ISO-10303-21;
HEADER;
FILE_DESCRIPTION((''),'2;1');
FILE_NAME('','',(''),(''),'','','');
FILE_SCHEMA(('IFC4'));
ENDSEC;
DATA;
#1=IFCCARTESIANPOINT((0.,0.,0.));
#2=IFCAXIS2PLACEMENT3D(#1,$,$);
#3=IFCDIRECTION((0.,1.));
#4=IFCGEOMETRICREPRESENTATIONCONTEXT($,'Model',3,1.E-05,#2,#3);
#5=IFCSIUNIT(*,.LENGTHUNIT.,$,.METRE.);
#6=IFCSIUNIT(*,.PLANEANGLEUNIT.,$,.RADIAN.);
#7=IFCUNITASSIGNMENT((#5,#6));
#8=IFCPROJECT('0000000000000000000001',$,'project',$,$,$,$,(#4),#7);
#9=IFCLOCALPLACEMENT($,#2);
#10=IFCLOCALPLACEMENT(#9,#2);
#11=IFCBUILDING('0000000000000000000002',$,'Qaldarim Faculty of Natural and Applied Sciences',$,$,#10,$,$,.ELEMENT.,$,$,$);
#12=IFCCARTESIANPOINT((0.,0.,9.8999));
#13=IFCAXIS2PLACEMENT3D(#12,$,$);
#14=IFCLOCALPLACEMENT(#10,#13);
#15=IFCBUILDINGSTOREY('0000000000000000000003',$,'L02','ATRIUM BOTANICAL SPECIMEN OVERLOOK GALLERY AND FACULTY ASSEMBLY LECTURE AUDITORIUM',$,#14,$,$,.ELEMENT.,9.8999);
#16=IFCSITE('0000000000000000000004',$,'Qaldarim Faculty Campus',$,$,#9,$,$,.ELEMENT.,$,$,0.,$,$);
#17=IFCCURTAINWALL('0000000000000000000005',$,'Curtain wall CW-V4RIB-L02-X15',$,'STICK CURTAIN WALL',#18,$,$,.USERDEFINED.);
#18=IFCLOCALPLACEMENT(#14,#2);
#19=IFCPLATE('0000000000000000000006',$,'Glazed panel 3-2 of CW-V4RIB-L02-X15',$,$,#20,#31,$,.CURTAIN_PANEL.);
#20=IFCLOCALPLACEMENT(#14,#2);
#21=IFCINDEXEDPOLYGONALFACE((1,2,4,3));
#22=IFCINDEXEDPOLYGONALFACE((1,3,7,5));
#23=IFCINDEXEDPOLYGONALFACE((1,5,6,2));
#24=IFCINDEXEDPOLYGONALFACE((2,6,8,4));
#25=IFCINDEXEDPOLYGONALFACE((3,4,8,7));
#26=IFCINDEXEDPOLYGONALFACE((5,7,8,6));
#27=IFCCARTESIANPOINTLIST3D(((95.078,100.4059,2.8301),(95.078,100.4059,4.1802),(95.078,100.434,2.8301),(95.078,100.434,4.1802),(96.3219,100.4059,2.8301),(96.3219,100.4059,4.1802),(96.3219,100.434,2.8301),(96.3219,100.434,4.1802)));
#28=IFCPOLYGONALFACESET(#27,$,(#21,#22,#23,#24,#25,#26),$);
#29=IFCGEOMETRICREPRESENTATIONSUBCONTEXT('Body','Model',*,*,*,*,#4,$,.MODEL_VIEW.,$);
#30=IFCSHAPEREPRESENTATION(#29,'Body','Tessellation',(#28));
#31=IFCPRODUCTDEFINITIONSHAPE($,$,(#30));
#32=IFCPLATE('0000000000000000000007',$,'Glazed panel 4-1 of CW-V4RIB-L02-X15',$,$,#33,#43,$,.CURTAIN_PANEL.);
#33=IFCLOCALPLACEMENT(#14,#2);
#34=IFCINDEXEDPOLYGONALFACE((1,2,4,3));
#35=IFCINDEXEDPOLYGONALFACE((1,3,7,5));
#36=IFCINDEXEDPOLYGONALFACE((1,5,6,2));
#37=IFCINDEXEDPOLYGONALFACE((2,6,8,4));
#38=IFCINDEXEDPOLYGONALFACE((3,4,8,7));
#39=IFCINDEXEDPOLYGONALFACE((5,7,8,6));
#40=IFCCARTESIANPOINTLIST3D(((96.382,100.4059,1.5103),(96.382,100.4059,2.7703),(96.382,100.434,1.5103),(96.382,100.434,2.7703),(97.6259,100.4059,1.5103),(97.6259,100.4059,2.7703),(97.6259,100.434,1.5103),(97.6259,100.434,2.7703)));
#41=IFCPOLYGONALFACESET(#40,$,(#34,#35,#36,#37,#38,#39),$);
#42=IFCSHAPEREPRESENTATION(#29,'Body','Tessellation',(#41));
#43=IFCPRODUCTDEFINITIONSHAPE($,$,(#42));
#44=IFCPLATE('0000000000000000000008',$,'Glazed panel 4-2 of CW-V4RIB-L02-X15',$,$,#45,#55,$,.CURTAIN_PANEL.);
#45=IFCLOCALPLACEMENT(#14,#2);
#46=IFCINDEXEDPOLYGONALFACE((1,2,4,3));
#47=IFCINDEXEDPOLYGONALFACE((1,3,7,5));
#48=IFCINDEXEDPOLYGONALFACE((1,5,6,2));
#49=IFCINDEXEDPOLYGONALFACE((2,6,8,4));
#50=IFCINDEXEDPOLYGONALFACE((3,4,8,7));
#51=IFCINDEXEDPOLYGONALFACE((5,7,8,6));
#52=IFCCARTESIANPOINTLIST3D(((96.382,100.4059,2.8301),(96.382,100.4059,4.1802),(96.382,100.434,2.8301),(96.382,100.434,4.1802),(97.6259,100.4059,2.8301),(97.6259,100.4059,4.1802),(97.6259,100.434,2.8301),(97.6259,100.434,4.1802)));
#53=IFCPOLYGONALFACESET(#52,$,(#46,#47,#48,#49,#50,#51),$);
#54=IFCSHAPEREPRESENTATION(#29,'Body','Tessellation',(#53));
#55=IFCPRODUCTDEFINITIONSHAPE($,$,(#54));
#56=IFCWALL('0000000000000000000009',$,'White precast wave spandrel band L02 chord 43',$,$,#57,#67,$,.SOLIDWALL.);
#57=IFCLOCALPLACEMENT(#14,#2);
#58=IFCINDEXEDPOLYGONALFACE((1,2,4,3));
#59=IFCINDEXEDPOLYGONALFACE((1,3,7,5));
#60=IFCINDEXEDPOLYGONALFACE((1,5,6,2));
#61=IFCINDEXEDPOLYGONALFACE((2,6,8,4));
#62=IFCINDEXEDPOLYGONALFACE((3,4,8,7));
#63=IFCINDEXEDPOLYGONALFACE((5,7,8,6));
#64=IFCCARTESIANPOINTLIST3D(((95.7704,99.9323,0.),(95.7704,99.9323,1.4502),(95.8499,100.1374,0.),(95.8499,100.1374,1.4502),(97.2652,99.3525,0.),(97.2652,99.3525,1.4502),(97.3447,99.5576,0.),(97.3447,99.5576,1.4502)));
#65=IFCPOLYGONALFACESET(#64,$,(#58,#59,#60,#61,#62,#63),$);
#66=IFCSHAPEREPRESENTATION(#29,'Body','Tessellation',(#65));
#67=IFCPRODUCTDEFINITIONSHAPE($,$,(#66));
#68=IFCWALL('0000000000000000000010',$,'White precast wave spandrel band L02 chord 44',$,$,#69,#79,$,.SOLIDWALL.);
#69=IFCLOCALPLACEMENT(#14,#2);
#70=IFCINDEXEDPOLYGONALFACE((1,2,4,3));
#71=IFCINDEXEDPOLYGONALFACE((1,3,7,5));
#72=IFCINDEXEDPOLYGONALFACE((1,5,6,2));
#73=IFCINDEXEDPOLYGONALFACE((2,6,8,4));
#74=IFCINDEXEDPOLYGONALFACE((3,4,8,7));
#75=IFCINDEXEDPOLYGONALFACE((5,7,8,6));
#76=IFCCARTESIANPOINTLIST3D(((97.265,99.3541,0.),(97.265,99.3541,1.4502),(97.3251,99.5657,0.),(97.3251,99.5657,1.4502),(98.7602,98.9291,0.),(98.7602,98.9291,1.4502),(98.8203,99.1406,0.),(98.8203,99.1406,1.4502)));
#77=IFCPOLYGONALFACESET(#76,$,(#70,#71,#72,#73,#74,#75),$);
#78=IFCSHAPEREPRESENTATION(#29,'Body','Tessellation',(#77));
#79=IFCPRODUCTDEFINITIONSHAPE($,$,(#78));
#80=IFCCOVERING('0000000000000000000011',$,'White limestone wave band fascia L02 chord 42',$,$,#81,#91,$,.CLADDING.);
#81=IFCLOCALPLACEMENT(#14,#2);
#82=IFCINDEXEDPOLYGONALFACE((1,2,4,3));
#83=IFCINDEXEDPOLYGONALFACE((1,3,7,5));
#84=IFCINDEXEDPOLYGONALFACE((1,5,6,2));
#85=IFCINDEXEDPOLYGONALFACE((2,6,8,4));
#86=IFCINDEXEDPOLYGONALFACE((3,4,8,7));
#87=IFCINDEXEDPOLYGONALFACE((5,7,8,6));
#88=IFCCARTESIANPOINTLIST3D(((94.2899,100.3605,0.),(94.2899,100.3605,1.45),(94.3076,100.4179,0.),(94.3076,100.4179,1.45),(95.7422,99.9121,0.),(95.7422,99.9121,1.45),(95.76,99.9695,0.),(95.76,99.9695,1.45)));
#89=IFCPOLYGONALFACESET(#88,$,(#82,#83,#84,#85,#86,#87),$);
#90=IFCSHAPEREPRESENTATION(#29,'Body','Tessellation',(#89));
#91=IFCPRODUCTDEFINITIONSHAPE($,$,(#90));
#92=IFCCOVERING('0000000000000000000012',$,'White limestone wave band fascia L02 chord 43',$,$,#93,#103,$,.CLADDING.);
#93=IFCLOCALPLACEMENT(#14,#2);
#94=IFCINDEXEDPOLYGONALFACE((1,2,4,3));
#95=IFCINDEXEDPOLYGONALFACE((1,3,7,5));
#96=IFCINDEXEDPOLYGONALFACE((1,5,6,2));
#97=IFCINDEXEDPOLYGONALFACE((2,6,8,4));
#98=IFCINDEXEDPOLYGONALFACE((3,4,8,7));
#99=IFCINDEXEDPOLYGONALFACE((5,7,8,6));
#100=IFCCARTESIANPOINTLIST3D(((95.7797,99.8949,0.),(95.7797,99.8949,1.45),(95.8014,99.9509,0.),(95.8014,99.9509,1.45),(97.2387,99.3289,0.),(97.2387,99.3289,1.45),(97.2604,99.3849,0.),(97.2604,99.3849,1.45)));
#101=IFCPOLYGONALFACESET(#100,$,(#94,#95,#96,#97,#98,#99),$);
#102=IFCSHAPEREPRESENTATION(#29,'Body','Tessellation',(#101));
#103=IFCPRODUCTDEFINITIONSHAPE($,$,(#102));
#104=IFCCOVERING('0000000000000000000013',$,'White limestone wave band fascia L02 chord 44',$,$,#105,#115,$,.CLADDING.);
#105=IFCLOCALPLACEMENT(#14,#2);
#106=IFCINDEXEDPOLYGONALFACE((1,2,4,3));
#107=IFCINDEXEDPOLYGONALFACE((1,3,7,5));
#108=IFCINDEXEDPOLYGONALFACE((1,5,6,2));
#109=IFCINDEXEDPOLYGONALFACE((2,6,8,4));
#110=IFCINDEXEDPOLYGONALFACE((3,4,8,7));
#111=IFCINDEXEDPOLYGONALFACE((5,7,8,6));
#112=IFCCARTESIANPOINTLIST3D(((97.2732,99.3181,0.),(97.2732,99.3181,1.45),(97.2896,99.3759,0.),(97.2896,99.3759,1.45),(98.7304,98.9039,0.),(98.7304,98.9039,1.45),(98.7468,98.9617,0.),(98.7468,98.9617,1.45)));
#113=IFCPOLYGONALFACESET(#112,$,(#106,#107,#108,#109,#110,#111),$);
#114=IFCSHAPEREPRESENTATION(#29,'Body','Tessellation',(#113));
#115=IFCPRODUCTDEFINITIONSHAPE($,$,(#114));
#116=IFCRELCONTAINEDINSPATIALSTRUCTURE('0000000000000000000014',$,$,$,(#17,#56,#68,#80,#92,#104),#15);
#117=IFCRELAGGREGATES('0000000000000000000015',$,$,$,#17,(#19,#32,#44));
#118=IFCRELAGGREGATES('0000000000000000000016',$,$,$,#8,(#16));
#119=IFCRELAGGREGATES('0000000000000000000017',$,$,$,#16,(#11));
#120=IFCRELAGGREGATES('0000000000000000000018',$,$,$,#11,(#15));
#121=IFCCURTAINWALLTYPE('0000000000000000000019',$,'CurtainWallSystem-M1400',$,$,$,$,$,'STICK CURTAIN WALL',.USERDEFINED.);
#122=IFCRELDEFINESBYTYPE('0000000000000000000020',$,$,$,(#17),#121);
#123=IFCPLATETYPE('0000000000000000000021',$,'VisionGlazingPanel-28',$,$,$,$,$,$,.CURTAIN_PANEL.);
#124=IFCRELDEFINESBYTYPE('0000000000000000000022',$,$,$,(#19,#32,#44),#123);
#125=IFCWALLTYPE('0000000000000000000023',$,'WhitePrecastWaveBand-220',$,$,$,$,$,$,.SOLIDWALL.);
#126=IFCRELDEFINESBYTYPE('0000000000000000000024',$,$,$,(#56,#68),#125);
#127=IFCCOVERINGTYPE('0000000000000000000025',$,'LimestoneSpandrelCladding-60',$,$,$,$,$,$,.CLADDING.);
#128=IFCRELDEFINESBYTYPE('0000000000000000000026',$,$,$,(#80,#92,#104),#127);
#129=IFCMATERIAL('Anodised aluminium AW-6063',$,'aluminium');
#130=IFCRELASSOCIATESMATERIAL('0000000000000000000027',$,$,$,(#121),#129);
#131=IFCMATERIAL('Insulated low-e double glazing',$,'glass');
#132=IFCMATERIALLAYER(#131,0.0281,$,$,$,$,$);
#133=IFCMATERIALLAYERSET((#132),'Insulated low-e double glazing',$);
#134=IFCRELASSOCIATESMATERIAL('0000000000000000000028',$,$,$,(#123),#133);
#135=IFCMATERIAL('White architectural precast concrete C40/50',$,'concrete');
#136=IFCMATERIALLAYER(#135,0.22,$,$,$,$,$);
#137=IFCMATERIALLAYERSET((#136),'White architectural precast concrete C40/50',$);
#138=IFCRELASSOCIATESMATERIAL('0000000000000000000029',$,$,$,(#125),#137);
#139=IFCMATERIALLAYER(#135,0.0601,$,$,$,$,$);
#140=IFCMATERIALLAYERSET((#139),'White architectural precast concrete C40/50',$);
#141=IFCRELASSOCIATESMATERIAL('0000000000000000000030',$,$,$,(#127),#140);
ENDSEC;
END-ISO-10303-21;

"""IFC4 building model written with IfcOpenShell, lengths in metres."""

from ifc_helpers import new_model, si_unit, direction, frame, frame_2d, origin, origin_2d, place, context, subcontext, project, spatial, rectangle, extrude, material, layer, layer_set, type_object, element, aggregate, save


model = new_model("IFC4")

# Units and contexts
model_context = context("Model", 3, precision=1e-05, world=origin(), true_north=direction((0.0, 1.0)))
body_context = subcontext(model_context, "Body", "Model", "MODEL_VIEW")
ifc_project = project(units=[si_unit("LENGTHUNIT", "METRE"), si_unit("PLANEANGLEUNIT", "RADIAN")], contexts=[model_context])

# Site, building, storey
site_placement = place(None, origin())
site = spatial("IfcSite", under=ifc_project, at=site_placement, Name="Qaldarim Faculty Campus", CompositionType="ELEMENT", RefElevation=0.0)
building_placement = place(site_placement, origin())
building = spatial("IfcBuilding", under=site, at=building_placement, Name="Qaldarim Faculty of Natural and Applied Sciences", CompositionType="ELEMENT")
storey_placement = place(building_placement, frame((0.0, 0.0, 9.8999)))
storey = spatial("IfcBuildingStorey", under=building, at=storey_placement, Name="L02", Description="ATRIUM BOTANICAL SPECIMEN OVERLOOK GALLERY AND FACULTY ASSEMBLY LECTURE AUDITORIUM", CompositionType="ELEMENT", Elevation=9.8999)

# Curtain wall, plates
ifc_material_1 = material(Name="Anodised aluminium AW-6063", Category="aluminium")
curtain_wall_type = type_object("IfcCurtainWallType", Name="CurtainWallSystem-M1400", ElementType="STICK CURTAIN WALL", PredefinedType="USERDEFINED", material=ifc_material_1)
curtain_wall_placement = place(storey_placement, origin())
curtain_wall = element("IfcCurtainWall", 1, at=curtain_wall_placement, inside=storey, type_object=curtain_wall_type, Name="Curtain wall CW-V4RIB-L02-X15", ObjectType="STICK CURTAIN WALL", PredefinedType="USERDEFINED")
ifc_material_2 = material(Name="Insulated low-e double glazing", Category="glass")
ifc_layer_1 = layer(ifc_material_2, 0.0281)
ifc_layer_set_1 = layer_set([ifc_layer_1], Name="Insulated low-e double glazing")
plate_type = type_object("IfcPlateType", Name="VisionGlazingPanel-28", PredefinedType="CURTAIN_PANEL", material=ifc_layer_set_1)
plate_1_placement = place(storey_placement, frame((95.7, 100.4199, 2.8301), z_axis=(0.0, 0.0, 1.0), x_axis=(1.0, 0.0, 0.0)))
plate_1 = element("IfcPlate", 2, at=plate_1_placement, type_object=plate_type, Name="Glazed panel 3-2 of CW-V4RIB-L02-X15", PredefinedType="CURTAIN_PANEL", context=body_context, shape_type="SweptSolid", body=[
    extrude(rectangle(XDim=1.2439, YDim=0.0281, at=origin_2d()), origin(), (0.0, 0.0, 1.0), 1.3501),
])
plate_2_placement = place(storey_placement, frame((97.0039, 100.4199, 1.5103), z_axis=(0.0, 0.0, 1.0), x_axis=(1.0, 0.0, 0.0)))
plate_2 = element("IfcPlate", 3, at=plate_2_placement, type_object=plate_type, Name="Glazed panel 4-1 of CW-V4RIB-L02-X15", PredefinedType="CURTAIN_PANEL", context=body_context, shape_type="SweptSolid", body=[
    extrude(rectangle(XDim=1.2439, YDim=0.0281, at=origin_2d()), origin(), (0.0, 0.0, 1.0), 1.26),
])
plate_3_placement = place(storey_placement, frame((97.0039, 100.4199, 2.8301), z_axis=(0.0, 0.0, 1.0), x_axis=(1.0, 0.0, 0.0)))
plate_3 = element("IfcPlate", 4, at=plate_3_placement, type_object=plate_type, Name="Glazed panel 4-2 of CW-V4RIB-L02-X15", PredefinedType="CURTAIN_PANEL", context=body_context, shape_type="SweptSolid", body=[
    extrude(rectangle(XDim=1.2439, YDim=0.0281, at=origin_2d()), origin(), (0.0, 0.0, 1.0), 1.3501),
])
aggregate(curtain_wall, [plate_1, plate_2, plate_3])

# Walls
ifc_material_3 = material(Name="White architectural precast concrete C40/50", Category="concrete")
ifc_layer_2 = layer(ifc_material_3, 0.22)
ifc_layer_set_2 = layer_set([ifc_layer_2], Name="White architectural precast concrete C40/50")
wall_type = type_object("IfcWallType", Name="WhitePrecastWaveBand-220", PredefinedType="SOLIDWALL", material=ifc_layer_set_2)
wall_1_placement = place(storey_placement, frame((95.8101, 100.0349, 0.0), z_axis=(0.0, 0.0, 1.0), x_axis=(0.932322, -0.361631, 0.0)))
element("IfcWall", 5, at=wall_1_placement, inside=storey, type_object=wall_type, Name="White precast wave spandrel band L02 chord 43", PredefinedType="SOLIDWALL", context=body_context, shape_type="SweptSolid", body=[
    extrude(rectangle(XDim=1.6033, YDim=0.22, at=frame_2d((0.8018, 0.0))), origin(), (0.0, 0.0, 1.0), 1.4502),
])
wall_2_placement = place(storey_placement, frame((97.2949, 99.46, 0.0), z_axis=(0.0, 0.0, 1.0), x_axis=(0.961885, -0.273455, 0.0)))
element("IfcWall", 6, at=wall_2_placement, inside=storey, type_object=wall_type, Name="White precast wave spandrel band L02 chord 44", PredefinedType="SOLIDWALL", context=body_context, shape_type="SweptSolid", body=[
    extrude(rectangle(XDim=1.5544, YDim=0.22, at=frame_2d((0.7773, 0.0))), origin(), (0.0, 0.0, 1.0), 1.4502),
])

# Coverings
ifc_layer_3 = layer(ifc_material_3, 0.0601)
ifc_layer_set_3 = layer_set([ifc_layer_3], Name="White architectural precast concrete C40/50")
covering_type = type_object("IfcCoveringType", Name="LimestoneSpandrelCladding-60", PredefinedType="CLADDING", material=ifc_layer_set_3)
covering_1_placement = place(storey_placement, frame((95.0249, 100.165, 0.0), z_axis=(0.0, 0.0, 1.0), x_axis=(0.9555, -0.294991, 0.0)))
element("IfcCovering", 7, at=covering_1_placement, inside=storey, type_object=covering_type, Name="White limestone wave band fascia L02 chord 42", PredefinedType="CLADDING", context=body_context, shape_type="SweptSolid", body=[
    extrude(rectangle(XDim=1.52, YDim=0.0601, at=origin_2d()), origin(), (0.0, 0.0, 1.0), 1.45),
])
covering_2_placement = place(storey_placement, frame((96.52, 99.6399, 0.0), z_axis=(0.0, 0.0, 1.0), x_axis=(0.932299, -0.36169, 0.0)))
element("IfcCovering", 8, at=covering_2_placement, inside=storey, type_object=covering_type, Name="White limestone wave band fascia L02 chord 43", PredefinedType="CLADDING", context=body_context, shape_type="SweptSolid", body=[
    extrude(rectangle(XDim=1.5649, YDim=0.0601, at=origin_2d()), origin(), (0.0, 0.0, 1.0), 1.45),
])
covering_3_placement = place(storey_placement, frame((98.01, 99.1399, 0.0), z_axis=(0.0, 0.0, 1.0), x_axis=(0.961889, -0.273439, 0.0)))
element("IfcCovering", 9, at=covering_3_placement, inside=storey, type_object=covering_type, Name="White limestone wave band fascia L02 chord 44", PredefinedType="CLADDING", context=body_context, shape_type="SweptSolid", body=[
    extrude(rectangle(XDim=1.5149, YDim=0.0601, at=origin_2d()), origin(), (0.0, 0.0, 1.0), 1.45),
])

save(model, "model.ifc")
